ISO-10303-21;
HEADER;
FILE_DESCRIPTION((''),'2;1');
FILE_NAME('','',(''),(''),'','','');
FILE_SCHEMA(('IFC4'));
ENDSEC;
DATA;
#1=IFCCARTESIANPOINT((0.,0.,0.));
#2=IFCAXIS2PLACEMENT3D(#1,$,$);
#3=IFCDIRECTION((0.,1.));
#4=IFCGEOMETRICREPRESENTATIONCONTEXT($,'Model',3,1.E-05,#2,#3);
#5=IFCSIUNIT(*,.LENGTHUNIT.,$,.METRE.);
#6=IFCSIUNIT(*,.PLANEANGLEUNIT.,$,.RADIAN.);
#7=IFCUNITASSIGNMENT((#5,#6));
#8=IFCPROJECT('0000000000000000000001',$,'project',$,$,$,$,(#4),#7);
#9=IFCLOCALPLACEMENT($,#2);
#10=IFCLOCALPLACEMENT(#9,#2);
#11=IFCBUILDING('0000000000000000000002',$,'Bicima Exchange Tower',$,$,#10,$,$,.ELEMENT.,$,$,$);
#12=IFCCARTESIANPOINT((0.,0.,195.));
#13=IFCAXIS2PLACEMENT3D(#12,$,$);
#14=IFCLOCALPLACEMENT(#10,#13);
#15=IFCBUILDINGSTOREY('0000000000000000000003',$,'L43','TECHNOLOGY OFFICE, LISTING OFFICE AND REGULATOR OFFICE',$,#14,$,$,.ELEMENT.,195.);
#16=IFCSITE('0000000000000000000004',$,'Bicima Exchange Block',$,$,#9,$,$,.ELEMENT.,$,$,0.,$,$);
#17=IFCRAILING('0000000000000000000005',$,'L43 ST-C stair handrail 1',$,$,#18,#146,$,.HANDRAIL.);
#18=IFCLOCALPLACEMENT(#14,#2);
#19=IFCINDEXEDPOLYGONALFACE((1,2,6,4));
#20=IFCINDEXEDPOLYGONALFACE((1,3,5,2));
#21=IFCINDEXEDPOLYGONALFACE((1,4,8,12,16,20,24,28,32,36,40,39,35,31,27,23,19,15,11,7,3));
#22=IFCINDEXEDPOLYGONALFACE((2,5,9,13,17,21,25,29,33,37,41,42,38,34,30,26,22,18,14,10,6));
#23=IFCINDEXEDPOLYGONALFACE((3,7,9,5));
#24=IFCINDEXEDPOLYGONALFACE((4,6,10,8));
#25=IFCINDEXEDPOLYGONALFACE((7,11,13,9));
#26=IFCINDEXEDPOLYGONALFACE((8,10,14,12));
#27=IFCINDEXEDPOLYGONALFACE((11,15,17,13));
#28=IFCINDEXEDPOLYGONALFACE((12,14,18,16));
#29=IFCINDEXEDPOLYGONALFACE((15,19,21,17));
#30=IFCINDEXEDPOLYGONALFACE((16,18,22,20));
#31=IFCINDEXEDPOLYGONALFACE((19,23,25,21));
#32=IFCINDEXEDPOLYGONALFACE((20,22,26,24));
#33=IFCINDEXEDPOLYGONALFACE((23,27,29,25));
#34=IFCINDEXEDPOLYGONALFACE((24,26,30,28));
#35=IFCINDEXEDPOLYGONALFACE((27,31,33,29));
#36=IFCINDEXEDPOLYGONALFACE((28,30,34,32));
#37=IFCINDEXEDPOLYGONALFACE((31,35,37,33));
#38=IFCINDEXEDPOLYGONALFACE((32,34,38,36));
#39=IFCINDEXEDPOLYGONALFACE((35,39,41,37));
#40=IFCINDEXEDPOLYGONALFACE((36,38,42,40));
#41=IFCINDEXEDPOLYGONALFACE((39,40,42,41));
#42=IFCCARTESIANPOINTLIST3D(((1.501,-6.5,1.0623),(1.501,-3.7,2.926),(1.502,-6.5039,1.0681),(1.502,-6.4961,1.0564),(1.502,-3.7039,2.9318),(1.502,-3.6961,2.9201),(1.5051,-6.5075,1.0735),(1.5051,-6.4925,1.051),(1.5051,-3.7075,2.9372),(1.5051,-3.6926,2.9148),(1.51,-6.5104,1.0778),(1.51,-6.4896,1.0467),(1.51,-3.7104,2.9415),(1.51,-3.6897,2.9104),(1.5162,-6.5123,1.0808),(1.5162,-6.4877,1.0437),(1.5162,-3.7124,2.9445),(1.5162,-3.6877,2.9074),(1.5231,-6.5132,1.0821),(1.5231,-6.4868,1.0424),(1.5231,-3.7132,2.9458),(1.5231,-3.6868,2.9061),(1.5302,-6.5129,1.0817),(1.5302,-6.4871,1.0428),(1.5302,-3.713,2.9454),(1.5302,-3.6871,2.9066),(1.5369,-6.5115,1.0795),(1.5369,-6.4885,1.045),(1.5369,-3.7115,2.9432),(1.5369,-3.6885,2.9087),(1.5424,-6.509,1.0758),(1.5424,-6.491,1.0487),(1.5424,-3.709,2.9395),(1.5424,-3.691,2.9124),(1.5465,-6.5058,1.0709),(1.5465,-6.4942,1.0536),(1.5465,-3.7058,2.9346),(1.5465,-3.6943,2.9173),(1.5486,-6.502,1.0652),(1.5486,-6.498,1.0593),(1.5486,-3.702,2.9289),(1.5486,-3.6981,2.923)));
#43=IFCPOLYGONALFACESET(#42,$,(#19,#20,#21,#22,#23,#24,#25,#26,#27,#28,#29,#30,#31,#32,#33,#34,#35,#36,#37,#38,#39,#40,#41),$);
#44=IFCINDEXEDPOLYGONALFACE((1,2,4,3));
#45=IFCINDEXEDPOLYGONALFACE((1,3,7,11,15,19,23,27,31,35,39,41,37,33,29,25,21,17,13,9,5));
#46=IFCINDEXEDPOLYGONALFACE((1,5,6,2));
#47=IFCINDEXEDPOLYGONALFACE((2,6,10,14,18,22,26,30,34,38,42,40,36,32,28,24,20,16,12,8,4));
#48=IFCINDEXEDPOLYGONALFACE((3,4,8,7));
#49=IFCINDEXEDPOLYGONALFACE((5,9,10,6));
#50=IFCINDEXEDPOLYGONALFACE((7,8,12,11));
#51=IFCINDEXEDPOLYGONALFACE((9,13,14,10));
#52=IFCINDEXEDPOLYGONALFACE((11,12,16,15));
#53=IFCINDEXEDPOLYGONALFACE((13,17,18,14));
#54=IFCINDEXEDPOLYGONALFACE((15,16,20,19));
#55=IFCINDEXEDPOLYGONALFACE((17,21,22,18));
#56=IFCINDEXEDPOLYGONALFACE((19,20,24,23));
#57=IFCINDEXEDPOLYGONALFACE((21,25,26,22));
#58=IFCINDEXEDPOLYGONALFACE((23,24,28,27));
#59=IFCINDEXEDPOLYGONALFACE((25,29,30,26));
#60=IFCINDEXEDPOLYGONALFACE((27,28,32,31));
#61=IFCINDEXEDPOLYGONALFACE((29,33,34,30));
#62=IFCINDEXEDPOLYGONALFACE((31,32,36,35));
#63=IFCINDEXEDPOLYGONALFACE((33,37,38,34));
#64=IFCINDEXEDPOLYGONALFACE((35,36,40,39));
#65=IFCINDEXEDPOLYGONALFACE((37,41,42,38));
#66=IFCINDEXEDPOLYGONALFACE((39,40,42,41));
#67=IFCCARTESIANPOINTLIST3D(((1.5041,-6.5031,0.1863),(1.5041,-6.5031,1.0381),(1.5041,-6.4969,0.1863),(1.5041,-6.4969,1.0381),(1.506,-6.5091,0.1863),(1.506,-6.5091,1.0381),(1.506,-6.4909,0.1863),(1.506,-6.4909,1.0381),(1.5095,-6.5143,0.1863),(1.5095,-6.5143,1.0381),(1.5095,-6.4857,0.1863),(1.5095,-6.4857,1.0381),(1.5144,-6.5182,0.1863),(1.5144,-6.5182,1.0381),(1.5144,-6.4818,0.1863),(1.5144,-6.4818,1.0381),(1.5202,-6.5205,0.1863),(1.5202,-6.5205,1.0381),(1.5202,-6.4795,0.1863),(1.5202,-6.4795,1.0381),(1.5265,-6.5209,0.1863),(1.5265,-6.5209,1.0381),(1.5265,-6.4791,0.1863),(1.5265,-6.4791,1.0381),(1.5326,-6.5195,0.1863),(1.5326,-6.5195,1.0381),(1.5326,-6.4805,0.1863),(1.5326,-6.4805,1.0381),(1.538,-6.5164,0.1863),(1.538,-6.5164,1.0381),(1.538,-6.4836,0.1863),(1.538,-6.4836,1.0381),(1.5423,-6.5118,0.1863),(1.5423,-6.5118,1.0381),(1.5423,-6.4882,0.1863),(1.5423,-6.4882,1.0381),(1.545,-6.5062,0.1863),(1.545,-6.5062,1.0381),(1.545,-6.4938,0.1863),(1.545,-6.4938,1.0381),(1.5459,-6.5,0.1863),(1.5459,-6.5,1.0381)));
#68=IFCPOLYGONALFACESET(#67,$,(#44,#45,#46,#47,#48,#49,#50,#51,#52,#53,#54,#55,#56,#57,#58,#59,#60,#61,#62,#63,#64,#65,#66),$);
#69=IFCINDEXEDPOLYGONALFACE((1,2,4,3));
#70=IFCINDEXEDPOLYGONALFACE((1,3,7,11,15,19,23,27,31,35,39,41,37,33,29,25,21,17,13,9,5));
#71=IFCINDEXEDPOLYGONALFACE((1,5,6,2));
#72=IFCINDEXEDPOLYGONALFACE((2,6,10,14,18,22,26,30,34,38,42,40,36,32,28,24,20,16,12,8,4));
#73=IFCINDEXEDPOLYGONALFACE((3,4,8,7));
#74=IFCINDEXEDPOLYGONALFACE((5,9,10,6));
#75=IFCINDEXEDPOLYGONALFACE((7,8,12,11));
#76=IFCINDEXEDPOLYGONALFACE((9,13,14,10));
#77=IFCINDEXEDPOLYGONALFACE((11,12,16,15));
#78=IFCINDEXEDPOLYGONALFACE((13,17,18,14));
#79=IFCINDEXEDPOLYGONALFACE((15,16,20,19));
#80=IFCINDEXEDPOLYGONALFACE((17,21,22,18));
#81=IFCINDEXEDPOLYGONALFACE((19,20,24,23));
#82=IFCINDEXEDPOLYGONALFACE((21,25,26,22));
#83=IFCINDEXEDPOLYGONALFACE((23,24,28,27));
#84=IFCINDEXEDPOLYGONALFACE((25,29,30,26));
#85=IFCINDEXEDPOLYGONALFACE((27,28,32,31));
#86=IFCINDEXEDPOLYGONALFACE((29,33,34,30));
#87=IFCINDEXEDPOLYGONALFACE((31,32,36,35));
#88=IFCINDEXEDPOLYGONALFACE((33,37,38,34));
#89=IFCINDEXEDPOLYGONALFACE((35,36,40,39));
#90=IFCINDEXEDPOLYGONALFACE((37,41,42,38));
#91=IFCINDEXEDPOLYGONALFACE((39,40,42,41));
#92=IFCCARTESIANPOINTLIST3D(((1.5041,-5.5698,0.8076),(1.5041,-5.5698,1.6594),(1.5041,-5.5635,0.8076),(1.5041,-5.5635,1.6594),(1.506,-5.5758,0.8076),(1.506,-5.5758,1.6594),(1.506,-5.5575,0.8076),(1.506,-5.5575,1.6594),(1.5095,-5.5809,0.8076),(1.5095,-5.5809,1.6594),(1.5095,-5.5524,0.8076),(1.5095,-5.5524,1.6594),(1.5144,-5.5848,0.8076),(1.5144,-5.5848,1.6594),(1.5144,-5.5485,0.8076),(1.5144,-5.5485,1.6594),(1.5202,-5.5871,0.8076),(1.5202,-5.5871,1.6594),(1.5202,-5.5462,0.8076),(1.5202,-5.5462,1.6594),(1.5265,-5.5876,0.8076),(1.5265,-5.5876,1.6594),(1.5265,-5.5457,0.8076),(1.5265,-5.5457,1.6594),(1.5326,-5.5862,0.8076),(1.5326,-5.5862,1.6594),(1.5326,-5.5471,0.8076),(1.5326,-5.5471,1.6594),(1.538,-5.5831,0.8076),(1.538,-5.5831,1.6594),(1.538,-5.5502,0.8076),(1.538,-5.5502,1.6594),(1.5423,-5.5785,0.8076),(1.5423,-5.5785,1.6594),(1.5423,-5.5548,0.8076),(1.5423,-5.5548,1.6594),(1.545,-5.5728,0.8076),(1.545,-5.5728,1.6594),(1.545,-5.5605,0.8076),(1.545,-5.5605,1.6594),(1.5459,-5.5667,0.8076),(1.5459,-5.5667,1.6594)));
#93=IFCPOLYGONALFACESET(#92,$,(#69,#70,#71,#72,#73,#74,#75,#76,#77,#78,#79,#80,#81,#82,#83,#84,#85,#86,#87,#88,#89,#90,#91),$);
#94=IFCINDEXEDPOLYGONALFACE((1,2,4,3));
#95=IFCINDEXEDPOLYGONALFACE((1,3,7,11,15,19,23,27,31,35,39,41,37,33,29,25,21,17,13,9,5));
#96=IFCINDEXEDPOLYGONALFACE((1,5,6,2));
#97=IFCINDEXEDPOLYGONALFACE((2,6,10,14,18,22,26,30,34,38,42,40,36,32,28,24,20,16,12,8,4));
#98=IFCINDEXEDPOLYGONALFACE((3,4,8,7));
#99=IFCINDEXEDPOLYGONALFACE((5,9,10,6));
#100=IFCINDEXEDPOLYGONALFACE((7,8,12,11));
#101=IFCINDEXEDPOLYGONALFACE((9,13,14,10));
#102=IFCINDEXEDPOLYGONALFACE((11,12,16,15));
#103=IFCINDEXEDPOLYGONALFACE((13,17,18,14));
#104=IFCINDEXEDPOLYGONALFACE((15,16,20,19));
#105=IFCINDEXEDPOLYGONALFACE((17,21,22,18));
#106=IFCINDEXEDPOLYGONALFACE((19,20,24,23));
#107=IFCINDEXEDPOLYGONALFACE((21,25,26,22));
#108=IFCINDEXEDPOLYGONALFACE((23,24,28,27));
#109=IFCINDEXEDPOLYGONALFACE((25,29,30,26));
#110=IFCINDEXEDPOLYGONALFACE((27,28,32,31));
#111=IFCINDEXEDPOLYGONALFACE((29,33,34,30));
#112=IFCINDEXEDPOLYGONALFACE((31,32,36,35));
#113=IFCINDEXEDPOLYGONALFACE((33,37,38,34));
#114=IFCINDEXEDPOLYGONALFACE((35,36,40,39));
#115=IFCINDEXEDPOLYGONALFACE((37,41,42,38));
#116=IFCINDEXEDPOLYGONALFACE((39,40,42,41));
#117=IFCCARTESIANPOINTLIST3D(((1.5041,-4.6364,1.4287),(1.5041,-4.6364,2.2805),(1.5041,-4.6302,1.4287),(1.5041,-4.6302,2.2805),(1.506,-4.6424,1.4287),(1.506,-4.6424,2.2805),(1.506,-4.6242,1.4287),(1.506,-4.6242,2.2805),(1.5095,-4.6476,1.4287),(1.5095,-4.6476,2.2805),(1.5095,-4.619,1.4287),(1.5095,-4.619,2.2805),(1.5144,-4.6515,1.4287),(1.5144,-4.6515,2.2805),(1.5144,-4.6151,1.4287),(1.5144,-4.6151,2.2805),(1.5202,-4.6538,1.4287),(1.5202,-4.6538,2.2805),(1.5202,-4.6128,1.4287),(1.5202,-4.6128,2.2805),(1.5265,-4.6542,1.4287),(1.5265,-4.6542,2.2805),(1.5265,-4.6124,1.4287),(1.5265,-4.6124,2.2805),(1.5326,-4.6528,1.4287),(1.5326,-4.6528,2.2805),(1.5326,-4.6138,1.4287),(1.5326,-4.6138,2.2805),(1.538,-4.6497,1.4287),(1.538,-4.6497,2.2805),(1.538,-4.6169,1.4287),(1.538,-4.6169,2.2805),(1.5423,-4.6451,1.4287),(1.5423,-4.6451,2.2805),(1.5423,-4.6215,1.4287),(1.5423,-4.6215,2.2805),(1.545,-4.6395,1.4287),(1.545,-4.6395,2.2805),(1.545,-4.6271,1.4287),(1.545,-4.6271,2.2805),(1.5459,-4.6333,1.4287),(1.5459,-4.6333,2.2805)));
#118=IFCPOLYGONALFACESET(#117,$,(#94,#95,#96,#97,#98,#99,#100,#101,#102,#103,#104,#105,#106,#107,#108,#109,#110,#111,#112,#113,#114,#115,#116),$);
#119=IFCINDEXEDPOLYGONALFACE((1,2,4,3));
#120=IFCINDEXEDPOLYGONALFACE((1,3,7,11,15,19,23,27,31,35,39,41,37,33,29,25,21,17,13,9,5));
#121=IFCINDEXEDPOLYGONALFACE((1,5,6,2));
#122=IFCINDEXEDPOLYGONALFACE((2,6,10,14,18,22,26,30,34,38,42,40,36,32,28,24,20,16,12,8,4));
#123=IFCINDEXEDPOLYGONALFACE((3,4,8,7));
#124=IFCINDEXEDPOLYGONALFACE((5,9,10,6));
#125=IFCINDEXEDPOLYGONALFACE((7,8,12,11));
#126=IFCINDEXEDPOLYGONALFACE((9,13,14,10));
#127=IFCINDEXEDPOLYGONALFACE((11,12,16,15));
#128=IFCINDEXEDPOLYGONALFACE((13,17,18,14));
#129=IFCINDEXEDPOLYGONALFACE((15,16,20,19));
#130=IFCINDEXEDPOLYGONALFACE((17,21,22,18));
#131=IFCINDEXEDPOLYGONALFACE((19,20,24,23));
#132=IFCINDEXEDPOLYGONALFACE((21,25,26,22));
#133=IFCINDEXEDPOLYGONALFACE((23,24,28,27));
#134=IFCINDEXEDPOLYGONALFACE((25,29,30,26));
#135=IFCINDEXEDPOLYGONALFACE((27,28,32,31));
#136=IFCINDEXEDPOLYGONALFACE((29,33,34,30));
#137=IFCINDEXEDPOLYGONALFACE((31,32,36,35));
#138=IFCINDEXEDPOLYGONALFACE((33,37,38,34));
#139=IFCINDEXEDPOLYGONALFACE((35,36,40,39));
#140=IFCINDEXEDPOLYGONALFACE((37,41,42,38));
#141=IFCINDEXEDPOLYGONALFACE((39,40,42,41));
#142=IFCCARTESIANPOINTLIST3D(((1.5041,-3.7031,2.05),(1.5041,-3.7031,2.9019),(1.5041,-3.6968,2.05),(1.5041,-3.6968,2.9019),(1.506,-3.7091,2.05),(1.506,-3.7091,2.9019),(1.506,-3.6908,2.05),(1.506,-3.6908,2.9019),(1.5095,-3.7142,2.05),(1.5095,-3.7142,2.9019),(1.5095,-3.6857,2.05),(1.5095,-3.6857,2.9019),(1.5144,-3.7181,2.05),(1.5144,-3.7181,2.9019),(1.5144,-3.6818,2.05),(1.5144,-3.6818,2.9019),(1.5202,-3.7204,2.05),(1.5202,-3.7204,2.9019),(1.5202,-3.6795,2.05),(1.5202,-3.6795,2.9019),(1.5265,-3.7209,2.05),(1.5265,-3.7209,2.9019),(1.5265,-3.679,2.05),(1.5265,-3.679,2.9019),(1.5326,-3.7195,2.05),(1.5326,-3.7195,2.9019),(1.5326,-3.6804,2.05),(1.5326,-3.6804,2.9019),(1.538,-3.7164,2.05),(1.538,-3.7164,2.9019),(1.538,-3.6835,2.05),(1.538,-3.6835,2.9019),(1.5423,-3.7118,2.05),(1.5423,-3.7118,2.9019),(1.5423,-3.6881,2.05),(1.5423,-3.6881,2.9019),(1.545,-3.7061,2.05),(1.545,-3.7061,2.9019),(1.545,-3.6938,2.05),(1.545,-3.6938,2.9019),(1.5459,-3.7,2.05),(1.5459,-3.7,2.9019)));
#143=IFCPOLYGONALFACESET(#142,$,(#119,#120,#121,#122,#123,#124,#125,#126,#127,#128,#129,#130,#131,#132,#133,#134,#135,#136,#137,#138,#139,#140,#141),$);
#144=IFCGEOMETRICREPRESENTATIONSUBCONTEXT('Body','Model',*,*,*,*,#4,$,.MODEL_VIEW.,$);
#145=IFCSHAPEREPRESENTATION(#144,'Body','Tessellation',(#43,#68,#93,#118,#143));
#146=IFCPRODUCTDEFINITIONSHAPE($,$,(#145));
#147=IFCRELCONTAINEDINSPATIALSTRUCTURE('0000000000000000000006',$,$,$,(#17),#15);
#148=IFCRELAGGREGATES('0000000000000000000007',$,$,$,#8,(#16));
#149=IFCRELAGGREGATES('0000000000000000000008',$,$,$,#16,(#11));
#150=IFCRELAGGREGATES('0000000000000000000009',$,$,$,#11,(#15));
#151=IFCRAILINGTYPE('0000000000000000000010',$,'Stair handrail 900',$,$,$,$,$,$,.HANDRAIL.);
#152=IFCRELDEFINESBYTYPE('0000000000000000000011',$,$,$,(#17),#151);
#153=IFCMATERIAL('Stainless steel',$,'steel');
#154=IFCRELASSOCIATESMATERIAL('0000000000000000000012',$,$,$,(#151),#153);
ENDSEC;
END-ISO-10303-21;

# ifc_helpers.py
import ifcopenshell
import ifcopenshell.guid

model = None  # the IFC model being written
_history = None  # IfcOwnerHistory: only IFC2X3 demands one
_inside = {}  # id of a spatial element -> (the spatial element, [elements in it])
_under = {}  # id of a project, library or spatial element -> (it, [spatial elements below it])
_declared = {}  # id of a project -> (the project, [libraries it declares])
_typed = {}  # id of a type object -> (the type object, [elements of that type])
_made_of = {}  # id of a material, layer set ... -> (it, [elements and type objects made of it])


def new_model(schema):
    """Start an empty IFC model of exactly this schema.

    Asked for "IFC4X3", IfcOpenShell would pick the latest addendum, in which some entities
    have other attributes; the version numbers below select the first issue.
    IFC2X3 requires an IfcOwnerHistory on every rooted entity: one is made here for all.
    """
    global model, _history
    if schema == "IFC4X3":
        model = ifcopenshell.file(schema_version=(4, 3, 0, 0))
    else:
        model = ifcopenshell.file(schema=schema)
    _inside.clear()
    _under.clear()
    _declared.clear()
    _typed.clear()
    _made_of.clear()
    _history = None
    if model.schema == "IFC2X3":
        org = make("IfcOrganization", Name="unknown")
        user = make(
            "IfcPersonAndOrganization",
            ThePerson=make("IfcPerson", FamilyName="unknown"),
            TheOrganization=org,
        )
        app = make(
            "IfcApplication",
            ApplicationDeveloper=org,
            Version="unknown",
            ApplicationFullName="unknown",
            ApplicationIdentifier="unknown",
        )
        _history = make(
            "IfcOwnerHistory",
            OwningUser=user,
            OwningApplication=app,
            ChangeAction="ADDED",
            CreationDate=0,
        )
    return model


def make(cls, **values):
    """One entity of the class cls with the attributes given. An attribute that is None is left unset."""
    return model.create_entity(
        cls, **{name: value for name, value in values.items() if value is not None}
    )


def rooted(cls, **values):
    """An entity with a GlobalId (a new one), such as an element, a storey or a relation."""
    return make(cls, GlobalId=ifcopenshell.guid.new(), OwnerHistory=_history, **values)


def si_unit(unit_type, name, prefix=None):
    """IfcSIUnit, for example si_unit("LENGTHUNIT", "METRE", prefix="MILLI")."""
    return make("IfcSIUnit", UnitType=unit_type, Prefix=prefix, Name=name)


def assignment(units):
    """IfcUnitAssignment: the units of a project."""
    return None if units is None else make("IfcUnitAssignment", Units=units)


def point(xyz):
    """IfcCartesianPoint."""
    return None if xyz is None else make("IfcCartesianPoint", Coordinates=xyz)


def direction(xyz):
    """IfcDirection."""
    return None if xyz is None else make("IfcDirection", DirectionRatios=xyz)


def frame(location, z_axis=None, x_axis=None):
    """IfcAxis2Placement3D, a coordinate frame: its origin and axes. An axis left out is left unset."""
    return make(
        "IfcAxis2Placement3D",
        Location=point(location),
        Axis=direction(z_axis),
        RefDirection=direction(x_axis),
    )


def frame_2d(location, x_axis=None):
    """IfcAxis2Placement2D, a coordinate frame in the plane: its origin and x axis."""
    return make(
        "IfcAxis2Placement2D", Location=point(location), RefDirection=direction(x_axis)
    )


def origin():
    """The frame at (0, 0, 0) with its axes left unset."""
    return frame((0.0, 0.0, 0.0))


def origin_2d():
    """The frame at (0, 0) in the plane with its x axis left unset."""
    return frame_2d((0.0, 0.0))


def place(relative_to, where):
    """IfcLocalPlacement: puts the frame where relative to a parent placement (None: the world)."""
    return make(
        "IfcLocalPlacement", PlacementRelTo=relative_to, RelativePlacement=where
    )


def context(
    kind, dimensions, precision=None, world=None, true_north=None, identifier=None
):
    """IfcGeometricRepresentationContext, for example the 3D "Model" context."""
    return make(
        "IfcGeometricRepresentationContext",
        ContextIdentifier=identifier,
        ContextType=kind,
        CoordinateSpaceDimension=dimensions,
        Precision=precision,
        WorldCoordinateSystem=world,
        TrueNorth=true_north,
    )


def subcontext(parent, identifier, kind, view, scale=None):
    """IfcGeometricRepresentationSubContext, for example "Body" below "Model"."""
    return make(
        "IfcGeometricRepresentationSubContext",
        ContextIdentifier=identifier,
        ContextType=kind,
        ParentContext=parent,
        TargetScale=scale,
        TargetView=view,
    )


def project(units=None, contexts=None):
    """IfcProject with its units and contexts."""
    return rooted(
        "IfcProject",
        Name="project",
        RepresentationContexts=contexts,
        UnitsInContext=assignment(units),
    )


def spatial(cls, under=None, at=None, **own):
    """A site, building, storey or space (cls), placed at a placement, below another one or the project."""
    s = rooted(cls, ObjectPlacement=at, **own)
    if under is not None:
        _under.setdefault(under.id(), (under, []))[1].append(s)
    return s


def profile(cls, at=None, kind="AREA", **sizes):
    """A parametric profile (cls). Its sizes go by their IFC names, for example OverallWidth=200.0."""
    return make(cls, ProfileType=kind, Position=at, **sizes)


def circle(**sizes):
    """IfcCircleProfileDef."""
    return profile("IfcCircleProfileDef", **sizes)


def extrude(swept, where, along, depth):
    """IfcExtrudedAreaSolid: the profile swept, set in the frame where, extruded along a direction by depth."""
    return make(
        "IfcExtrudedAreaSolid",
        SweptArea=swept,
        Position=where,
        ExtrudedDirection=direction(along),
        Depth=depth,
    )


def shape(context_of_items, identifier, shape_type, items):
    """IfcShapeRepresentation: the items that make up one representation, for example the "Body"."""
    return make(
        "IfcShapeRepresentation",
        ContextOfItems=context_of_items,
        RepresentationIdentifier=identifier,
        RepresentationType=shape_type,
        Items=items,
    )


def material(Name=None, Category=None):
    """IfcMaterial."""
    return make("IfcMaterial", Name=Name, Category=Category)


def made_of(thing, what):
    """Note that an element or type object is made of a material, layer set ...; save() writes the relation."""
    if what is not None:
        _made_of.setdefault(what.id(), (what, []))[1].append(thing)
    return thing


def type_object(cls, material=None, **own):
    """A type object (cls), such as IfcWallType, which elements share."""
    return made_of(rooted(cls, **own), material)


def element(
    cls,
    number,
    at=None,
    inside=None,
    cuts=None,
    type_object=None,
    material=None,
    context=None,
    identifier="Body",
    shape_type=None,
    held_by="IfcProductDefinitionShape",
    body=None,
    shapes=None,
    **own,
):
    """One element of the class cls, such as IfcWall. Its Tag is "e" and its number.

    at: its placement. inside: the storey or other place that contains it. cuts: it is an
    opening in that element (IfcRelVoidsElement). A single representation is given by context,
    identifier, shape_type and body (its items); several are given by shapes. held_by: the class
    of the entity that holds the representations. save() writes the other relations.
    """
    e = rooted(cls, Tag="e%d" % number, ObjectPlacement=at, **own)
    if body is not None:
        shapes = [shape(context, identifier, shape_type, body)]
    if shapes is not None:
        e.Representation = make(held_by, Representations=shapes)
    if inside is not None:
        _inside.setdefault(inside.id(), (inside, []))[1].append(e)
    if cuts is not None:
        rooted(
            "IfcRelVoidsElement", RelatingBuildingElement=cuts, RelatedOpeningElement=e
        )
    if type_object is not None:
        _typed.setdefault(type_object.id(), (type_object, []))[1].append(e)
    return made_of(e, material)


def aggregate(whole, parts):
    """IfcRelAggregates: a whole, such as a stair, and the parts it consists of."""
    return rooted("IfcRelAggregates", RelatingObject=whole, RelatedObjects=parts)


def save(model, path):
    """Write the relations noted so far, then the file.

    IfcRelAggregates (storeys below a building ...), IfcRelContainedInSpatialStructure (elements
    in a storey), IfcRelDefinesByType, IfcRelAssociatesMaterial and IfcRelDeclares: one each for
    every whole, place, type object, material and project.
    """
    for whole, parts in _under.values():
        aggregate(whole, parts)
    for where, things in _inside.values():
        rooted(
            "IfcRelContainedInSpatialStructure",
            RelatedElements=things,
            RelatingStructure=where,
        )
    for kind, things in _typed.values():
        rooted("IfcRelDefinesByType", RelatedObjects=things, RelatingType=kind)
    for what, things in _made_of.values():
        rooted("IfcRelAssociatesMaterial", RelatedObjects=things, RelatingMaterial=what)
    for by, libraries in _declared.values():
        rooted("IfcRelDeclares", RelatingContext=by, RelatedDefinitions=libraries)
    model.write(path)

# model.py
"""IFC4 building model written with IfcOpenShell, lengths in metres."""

from ifc_helpers import new_model, si_unit, direction, frame, origin, origin_2d, place, context, subcontext, project, spatial, circle, extrude, material, type_object, element, save


model = new_model("IFC4")

# Units and contexts
model_context = context("Model", 3, precision=1e-05, world=origin(), true_north=direction((0.0, 1.0)))
body_context = subcontext(model_context, "Body", "Model", "MODEL_VIEW")
ifc_project = project(units=[si_unit("LENGTHUNIT", "METRE"), si_unit("PLANEANGLEUNIT", "RADIAN")], contexts=[model_context])

# Site, building, storey
site_placement = place(None, origin())
site = spatial("IfcSite", under=ifc_project, at=site_placement, Name="Bicima Exchange Block", CompositionType="ELEMENT", RefElevation=0.0)
building_placement = place(site_placement, origin())
building = spatial("IfcBuilding", under=site, at=building_placement, Name="Bicima Exchange Tower", CompositionType="ELEMENT")
storey_placement = place(building_placement, frame((0.0, 0.0, 195.0)))
storey = spatial("IfcBuildingStorey", under=building, at=storey_placement, Name="L43", Description="TECHNOLOGY OFFICE, LISTING OFFICE AND REGULATOR OFFICE", CompositionType="ELEMENT", Elevation=195.0)

# Shared definitions
ifc_material_1 = material(Name="Stainless steel", Category="steel")

# Railing
railing_type_1 = type_object("IfcRailingType", Name="Stair handrail 900", PredefinedType="HANDRAIL", material=ifc_material_1)
railing_1_placement = place(storey_placement, frame((1.5249, -6.5, 0.1863)))
element("IfcRailing", 1, at=railing_1_placement, inside=storey, type_object=railing_type_1, Name="L43 ST-C stair handrail 1", PredefinedType="HANDRAIL", context=body_context, shape_type="SweptSolid", body=[
    extrude(circle(Radius=0.0239, at=origin_2d()), frame((0.0, 0.0, 0.876), z_axis=(0.0, 0.832452, 0.554097), x_axis=(-1.0, 0.0, 0.0)), (0.0, 0.0, 1.0), 3.3635),
    extrude(circle(Radius=0.021, at=origin_2d()), origin(), (0.0, 0.0, 1.0), 0.8518),
    extrude(circle(Radius=0.021, at=origin_2d()), frame((0.0, 0.9333, 0.6213)), (0.0, 0.0, 1.0), 0.8518),
    extrude(circle(Radius=0.021, at=origin_2d()), frame((0.0, 1.8667, 1.2424)), (0.0, 0.0, 1.0), 0.8518),
    extrude(circle(Radius=0.021, at=origin_2d()), frame((0.0, 2.8, 1.8638)), (0.0, 0.0, 1.0), 0.8518),
])

save(model, "model.ifc")
